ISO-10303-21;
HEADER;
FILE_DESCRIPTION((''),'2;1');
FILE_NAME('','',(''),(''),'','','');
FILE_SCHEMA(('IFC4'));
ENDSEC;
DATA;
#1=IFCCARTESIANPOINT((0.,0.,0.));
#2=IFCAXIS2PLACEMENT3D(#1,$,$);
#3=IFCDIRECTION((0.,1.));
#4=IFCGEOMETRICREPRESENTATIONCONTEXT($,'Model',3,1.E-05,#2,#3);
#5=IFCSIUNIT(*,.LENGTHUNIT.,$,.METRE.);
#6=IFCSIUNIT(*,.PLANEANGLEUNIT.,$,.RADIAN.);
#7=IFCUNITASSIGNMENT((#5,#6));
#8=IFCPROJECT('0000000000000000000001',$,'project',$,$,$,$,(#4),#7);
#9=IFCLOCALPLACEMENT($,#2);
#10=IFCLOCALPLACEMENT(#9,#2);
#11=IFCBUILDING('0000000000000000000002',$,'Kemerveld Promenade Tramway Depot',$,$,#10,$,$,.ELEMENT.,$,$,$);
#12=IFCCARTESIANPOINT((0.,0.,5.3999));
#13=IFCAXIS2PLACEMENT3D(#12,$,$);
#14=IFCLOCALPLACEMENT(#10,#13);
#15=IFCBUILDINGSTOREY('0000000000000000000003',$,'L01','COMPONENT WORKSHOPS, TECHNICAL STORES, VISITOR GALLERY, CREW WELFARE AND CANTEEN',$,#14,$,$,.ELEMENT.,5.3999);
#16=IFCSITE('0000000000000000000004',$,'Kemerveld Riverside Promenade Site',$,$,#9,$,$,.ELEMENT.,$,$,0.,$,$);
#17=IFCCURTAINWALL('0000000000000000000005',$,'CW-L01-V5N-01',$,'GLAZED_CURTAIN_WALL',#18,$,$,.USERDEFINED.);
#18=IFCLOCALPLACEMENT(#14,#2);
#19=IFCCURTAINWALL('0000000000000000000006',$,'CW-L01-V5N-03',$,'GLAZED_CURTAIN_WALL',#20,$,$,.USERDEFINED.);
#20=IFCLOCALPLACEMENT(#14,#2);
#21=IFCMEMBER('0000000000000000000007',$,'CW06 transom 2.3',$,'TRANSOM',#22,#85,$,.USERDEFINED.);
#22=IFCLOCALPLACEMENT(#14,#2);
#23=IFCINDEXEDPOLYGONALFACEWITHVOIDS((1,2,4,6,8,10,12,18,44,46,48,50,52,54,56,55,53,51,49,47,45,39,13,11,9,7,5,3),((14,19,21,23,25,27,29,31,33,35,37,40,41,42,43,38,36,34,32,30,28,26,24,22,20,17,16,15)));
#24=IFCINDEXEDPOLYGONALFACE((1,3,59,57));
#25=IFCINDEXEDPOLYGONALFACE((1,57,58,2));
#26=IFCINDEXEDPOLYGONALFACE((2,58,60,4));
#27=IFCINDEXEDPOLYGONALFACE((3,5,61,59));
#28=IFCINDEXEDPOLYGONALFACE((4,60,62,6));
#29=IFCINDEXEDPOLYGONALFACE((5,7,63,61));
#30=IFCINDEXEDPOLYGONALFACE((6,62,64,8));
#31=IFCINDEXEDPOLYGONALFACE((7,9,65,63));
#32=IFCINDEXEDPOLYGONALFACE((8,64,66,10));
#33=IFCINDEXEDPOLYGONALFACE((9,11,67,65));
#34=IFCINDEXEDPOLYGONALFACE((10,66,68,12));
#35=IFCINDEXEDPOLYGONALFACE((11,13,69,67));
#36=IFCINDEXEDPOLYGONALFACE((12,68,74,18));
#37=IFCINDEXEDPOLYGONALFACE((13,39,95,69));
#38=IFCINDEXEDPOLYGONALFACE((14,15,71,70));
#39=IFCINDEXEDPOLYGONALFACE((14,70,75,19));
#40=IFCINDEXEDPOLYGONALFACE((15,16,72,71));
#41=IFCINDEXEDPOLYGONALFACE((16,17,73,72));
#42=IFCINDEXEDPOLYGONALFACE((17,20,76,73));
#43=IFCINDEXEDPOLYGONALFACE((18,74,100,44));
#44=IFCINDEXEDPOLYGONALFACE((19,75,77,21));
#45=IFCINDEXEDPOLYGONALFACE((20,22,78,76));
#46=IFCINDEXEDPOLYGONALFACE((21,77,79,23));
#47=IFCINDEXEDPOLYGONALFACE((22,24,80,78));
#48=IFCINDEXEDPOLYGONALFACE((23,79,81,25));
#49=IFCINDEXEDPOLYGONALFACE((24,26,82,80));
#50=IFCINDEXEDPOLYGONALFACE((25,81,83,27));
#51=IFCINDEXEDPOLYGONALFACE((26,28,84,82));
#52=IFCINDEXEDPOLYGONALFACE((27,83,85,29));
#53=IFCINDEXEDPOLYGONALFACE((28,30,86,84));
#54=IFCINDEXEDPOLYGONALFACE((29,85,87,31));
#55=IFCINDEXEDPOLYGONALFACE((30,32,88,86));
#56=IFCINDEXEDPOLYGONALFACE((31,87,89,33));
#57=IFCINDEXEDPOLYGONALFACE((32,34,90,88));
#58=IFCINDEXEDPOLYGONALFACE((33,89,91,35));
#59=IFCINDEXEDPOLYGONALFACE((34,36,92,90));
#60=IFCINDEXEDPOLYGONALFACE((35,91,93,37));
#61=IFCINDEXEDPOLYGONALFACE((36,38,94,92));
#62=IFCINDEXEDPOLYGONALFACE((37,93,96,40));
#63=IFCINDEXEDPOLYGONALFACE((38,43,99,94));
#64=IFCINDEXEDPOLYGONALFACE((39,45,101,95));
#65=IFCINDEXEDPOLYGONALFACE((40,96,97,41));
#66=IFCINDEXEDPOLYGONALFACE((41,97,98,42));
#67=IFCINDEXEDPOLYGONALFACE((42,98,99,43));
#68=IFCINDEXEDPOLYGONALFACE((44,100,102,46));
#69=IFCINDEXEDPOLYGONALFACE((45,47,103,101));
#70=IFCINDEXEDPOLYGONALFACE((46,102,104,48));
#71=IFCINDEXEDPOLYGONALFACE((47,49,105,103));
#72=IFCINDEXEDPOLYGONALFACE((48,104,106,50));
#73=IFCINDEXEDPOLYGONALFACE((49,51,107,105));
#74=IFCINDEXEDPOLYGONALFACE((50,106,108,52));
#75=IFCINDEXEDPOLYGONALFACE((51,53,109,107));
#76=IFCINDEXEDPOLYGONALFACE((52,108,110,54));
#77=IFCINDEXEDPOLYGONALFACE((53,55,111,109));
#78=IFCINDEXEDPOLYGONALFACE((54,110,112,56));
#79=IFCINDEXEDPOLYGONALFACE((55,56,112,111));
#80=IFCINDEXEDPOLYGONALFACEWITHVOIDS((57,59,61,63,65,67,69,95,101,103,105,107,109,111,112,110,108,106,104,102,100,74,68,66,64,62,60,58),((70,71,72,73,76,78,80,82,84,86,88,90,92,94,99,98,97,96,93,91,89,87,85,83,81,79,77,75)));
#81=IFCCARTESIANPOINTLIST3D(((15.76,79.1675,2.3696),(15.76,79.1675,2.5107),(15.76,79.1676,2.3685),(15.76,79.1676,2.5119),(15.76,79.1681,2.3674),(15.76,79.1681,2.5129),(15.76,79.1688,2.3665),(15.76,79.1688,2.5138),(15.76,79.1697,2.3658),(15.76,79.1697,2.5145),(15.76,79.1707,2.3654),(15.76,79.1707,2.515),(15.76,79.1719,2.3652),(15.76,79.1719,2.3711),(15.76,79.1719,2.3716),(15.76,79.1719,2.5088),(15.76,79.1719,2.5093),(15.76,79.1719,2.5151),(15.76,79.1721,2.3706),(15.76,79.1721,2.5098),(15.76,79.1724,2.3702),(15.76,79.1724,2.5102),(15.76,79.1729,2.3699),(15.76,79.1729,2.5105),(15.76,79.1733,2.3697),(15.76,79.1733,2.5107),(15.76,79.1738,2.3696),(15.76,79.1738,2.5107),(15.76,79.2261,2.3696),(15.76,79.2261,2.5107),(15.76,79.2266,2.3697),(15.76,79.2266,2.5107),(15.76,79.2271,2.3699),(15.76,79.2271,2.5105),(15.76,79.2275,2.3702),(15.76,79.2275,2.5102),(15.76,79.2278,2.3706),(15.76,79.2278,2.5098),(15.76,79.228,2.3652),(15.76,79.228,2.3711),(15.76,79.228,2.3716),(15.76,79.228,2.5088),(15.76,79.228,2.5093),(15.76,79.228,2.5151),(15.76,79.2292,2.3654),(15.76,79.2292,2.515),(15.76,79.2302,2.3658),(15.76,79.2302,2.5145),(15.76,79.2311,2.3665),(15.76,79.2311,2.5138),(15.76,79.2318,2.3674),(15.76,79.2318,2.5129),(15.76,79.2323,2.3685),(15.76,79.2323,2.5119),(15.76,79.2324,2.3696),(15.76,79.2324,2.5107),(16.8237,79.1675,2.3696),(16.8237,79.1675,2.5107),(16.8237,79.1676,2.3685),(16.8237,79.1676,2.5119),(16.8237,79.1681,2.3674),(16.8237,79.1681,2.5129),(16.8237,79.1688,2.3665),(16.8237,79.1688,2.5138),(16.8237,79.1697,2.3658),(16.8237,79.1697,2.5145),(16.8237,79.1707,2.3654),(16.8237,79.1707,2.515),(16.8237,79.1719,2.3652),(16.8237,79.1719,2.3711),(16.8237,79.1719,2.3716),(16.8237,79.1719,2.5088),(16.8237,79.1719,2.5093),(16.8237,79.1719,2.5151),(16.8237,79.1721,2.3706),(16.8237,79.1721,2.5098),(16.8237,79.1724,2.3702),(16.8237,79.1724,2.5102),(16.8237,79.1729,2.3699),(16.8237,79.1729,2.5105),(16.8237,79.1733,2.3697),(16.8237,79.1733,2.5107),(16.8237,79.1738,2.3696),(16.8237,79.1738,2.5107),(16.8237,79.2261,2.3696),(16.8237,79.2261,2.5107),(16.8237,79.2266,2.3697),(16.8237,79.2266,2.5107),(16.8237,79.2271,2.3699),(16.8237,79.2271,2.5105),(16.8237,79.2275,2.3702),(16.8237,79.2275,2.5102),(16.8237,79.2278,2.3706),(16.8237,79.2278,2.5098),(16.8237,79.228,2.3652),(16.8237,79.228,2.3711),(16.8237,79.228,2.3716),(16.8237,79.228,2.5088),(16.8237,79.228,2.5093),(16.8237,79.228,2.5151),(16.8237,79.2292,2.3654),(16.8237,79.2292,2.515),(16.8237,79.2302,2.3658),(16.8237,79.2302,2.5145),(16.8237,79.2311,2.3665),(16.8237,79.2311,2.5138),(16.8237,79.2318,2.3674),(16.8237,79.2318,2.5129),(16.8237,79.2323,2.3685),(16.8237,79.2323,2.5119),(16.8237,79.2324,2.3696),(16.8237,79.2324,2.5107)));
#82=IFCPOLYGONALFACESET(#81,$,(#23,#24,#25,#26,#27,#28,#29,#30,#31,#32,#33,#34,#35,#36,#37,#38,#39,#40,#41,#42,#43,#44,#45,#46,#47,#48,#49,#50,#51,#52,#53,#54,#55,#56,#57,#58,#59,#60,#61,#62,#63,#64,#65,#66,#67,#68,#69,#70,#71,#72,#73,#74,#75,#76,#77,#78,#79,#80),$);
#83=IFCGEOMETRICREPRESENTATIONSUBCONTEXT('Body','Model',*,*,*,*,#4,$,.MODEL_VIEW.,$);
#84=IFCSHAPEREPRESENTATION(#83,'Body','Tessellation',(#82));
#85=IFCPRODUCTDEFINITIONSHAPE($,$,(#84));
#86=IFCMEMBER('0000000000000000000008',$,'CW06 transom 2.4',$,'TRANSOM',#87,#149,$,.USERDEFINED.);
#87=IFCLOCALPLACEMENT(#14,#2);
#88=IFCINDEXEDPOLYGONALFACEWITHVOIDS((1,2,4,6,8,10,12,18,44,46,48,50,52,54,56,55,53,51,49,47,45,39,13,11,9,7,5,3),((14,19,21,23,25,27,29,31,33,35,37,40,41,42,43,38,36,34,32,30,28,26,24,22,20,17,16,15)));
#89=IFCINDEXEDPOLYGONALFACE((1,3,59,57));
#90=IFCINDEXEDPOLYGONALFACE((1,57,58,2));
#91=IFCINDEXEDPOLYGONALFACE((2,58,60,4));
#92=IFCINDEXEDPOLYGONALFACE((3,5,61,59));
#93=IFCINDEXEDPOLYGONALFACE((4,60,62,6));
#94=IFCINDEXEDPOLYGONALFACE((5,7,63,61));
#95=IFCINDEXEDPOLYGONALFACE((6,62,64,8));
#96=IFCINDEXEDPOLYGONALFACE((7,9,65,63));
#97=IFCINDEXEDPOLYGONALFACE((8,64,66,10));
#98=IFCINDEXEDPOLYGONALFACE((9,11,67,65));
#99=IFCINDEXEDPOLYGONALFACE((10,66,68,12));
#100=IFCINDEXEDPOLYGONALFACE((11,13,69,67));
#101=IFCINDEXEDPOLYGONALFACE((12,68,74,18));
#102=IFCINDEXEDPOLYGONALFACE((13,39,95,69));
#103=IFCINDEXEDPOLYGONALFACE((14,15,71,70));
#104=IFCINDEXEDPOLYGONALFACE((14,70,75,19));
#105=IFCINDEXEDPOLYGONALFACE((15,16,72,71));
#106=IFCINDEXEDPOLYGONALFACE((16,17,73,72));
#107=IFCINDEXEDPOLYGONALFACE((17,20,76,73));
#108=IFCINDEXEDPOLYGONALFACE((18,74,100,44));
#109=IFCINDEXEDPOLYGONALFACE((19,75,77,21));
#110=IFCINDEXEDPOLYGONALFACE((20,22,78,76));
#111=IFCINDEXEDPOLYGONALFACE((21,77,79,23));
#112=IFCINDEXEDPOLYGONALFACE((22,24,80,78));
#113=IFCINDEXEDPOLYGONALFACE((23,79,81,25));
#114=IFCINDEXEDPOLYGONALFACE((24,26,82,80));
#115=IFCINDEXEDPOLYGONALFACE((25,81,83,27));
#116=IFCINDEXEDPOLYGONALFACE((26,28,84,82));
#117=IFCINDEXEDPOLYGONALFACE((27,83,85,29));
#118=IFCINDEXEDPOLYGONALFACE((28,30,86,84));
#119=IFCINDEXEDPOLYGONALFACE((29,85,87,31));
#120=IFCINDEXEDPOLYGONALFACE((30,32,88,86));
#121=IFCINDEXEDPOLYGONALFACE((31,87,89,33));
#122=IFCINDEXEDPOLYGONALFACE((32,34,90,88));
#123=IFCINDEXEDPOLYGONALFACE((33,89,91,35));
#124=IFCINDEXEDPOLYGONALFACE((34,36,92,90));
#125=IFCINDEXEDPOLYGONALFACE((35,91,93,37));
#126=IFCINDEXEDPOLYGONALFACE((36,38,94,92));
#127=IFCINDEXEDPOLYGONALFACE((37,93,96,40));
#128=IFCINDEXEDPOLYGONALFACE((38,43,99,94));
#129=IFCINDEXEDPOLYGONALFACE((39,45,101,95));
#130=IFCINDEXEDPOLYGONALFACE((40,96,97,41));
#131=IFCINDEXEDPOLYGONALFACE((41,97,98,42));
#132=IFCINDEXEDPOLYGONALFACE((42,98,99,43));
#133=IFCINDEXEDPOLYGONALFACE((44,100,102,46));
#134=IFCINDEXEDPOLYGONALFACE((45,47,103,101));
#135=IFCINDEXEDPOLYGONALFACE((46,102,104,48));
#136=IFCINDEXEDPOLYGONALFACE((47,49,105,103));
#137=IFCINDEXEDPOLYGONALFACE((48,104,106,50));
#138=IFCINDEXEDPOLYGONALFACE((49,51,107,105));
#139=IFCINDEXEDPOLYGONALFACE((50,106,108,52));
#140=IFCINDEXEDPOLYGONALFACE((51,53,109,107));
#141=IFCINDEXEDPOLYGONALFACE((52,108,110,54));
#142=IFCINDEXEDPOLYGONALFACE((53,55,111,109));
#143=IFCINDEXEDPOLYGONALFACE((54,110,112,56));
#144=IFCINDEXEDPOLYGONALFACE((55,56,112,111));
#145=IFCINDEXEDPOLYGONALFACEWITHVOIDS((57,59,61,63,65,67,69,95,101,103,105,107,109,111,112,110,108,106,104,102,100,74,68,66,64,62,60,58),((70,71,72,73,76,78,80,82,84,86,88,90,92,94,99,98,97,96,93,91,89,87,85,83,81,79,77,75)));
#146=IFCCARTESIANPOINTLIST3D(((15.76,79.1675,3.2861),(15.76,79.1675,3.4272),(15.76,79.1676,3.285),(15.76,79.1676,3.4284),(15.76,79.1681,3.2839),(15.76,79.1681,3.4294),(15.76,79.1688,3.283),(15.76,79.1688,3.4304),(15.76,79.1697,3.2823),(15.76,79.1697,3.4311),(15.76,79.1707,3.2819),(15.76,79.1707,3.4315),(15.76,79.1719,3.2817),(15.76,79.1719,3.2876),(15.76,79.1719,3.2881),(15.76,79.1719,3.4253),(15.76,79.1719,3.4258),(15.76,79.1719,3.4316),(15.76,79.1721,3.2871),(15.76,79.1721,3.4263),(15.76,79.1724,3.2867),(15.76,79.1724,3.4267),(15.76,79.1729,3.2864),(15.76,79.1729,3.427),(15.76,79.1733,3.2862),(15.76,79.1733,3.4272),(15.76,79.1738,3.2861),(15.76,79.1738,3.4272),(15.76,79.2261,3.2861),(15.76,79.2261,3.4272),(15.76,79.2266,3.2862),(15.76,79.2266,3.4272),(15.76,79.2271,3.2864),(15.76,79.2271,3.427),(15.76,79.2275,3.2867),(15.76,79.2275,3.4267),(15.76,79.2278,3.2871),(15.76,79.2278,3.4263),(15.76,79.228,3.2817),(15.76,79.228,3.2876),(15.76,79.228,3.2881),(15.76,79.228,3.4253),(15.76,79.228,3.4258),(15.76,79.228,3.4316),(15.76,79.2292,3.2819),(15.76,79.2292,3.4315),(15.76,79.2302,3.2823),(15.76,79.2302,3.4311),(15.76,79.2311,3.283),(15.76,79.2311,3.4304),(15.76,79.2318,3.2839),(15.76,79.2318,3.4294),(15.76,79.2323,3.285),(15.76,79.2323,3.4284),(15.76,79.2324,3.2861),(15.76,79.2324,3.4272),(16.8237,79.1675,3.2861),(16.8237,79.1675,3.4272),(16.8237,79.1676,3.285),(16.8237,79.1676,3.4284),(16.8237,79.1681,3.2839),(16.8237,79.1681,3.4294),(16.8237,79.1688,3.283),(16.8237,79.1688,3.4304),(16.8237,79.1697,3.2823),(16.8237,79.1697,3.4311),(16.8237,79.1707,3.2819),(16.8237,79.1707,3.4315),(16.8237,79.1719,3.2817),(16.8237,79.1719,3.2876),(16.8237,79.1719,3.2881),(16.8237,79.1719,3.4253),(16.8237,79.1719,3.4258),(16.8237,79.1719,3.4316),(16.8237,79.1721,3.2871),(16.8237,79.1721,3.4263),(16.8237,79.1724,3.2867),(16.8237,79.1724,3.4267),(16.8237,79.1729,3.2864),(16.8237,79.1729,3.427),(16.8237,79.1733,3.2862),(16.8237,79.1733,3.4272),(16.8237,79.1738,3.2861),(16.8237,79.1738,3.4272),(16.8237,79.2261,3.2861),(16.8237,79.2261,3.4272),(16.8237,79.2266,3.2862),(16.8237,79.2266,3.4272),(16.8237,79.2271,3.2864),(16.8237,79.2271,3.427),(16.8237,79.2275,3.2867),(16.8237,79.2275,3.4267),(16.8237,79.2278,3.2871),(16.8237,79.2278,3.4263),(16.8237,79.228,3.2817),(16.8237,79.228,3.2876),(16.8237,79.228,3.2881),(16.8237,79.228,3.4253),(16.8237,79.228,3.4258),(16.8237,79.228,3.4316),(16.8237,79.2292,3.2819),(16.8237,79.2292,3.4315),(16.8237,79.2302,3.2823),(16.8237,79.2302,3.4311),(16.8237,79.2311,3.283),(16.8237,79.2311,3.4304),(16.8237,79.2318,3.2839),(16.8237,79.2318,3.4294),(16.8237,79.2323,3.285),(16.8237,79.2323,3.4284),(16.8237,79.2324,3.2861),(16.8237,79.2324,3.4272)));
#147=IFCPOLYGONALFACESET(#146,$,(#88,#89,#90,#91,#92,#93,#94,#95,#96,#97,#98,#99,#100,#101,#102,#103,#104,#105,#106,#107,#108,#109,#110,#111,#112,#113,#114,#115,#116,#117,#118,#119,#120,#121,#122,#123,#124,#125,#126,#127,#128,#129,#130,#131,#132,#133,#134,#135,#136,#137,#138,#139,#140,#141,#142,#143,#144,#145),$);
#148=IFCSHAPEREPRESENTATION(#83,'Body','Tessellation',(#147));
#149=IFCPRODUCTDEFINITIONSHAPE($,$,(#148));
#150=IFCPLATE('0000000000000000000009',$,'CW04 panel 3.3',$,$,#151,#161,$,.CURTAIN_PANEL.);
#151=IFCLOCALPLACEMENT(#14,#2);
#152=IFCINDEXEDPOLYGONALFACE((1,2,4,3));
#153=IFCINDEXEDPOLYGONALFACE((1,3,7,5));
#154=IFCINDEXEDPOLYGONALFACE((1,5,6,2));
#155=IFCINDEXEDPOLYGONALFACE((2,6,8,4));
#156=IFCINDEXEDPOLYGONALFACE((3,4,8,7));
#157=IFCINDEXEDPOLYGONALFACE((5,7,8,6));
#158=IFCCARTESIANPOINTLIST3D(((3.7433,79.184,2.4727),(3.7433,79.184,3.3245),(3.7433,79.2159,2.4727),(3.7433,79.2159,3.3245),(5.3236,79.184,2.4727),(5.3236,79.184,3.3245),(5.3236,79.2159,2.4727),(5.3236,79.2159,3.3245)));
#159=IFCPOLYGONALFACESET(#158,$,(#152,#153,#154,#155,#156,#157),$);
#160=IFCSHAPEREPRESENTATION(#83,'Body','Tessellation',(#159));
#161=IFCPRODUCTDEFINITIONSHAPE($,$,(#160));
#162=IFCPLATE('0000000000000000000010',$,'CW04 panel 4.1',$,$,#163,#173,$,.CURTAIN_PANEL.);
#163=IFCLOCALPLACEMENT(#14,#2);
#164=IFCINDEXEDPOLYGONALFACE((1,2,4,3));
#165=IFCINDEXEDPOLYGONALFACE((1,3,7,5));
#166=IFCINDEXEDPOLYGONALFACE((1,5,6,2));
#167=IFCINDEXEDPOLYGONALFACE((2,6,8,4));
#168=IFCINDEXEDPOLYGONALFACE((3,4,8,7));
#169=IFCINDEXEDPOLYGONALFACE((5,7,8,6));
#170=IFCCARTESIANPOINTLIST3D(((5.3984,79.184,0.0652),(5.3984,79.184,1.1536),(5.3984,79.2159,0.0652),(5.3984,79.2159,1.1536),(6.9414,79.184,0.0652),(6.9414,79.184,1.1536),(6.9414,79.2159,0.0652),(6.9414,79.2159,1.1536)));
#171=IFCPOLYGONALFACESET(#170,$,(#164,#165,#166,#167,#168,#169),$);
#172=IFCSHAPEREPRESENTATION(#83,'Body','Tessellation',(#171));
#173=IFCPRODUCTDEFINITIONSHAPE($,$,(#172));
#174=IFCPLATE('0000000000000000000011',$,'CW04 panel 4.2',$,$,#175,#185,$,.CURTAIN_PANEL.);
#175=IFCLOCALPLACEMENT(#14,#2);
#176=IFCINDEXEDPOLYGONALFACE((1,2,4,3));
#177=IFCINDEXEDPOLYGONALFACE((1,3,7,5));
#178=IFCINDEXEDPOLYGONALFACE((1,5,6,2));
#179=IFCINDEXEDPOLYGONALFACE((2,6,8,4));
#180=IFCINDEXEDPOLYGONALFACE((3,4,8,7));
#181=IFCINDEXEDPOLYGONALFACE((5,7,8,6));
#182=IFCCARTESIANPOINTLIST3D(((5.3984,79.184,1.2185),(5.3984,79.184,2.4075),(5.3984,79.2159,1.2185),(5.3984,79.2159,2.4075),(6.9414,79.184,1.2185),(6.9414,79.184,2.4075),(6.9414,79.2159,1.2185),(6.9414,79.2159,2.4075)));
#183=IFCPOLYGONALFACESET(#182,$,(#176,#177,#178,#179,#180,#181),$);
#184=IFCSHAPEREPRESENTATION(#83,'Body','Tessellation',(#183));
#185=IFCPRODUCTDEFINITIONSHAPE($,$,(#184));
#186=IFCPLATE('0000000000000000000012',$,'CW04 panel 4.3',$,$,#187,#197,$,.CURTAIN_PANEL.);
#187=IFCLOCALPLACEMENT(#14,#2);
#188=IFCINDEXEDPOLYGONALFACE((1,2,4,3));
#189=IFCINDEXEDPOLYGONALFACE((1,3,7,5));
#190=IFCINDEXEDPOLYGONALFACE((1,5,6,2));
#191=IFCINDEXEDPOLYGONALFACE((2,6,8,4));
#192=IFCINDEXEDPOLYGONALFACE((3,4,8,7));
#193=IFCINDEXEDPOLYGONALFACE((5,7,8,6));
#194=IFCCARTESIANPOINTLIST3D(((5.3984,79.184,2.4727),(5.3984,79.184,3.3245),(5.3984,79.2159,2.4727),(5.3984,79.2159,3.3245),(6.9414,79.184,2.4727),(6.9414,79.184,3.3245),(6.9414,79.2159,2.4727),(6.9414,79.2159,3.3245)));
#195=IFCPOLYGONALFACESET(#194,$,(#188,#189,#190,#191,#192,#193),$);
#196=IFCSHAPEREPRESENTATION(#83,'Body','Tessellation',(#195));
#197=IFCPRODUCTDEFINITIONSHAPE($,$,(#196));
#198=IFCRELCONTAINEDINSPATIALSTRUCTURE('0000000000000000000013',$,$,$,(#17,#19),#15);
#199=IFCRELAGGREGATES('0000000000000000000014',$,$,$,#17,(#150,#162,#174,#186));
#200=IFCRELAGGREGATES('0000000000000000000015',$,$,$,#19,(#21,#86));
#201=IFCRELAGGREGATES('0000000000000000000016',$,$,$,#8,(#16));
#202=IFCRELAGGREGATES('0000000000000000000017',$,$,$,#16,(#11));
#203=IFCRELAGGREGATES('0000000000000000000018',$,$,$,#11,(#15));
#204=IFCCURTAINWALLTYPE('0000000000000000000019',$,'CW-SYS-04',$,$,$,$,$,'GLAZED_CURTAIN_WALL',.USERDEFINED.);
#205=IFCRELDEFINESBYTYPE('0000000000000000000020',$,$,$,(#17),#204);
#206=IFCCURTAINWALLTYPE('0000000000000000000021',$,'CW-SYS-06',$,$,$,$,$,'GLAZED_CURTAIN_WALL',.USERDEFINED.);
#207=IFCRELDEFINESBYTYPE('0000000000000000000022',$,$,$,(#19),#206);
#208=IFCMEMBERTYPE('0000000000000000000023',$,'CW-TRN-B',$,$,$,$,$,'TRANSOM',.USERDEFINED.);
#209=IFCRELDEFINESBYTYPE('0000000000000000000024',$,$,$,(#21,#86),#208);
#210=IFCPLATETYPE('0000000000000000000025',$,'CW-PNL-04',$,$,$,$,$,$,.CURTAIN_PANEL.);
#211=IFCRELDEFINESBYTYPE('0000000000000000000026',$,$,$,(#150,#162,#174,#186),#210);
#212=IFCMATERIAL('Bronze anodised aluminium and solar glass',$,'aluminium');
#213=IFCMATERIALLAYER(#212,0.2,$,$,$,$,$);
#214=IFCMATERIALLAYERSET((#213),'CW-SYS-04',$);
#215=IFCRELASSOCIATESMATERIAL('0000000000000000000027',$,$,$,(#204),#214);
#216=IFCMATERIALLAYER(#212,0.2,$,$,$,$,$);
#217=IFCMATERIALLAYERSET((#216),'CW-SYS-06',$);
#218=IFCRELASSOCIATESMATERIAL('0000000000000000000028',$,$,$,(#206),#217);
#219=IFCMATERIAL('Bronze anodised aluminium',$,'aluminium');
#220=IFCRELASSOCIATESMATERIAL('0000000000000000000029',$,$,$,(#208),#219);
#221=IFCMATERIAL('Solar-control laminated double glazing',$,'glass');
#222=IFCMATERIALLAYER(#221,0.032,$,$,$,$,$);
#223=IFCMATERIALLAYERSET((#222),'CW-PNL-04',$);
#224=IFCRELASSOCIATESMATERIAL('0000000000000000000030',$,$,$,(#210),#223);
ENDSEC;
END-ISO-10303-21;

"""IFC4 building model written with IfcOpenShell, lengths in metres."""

from ifc_helpers import new_model, si_unit, direction, frame, origin, origin_2d, place, context, subcontext, project, spatial, rectangle, hollow_rectangle, extrude, material, layer, layer_set, material_profile, profile_set, type_object, element, aggregate, save


model = new_model("IFC4")

# Units and contexts
model_context = context("Model", 3, precision=1e-05, world=origin(), true_north=direction((0.0, 1.0)))
body_context = subcontext(model_context, "Body", "Model", "MODEL_VIEW")
ifc_project = project(units=[si_unit("LENGTHUNIT", "METRE"), si_unit("PLANEANGLEUNIT", "RADIAN")], contexts=[model_context])

# Site, building, storey
site_placement = place(None, origin())
site = spatial("IfcSite", under=ifc_project, at=site_placement, Name="Kemerveld Riverside Promenade Site", CompositionType="ELEMENT", RefElevation=0.0)
building_placement = place(site_placement, origin())
building = spatial("IfcBuilding", under=site, at=building_placement, Name="Kemerveld Promenade Tramway Depot", CompositionType="ELEMENT")
storey_placement = place(building_placement, frame((0.0, 0.0, 5.3999)))
storey = spatial("IfcBuildingStorey", under=building, at=storey_placement, Name="L01", Description="COMPONENT WORKSHOPS, TECHNICAL STORES, VISITOR GALLERY, CREW WELFARE AND CANTEEN", CompositionType="ELEMENT", Elevation=5.3999)

# Curtain walls
ifc_material_1 = material(Name="Bronze anodised aluminium and solar glass", Category="aluminium")
ifc_layer_1 = layer(ifc_material_1, 0.2)
ifc_layer_set_1 = layer_set([ifc_layer_1], Name="CW-SYS-04")
curtain_wall_type_1 = type_object("IfcCurtainWallType", Name="CW-SYS-04", ElementType="GLAZED_CURTAIN_WALL", PredefinedType="USERDEFINED", material=ifc_layer_set_1)
curtain_wall_1_placement = place(storey_placement, origin())
curtain_wall_1 = element("IfcCurtainWall", 1, at=curtain_wall_1_placement, inside=storey, type_object=curtain_wall_type_1, Name="CW-L01-V5N-01", ObjectType="GLAZED_CURTAIN_WALL", PredefinedType="USERDEFINED")
ifc_material_2 = material(Name="Bronze anodised aluminium", Category="aluminium")
ifc_layer_2 = layer(ifc_material_1, 0.2)
ifc_layer_set_2 = layer_set([ifc_layer_2], Name="CW-SYS-06")
curtain_wall_type_2 = type_object("IfcCurtainWallType", Name="CW-SYS-06", ElementType="GLAZED_CURTAIN_WALL", PredefinedType="USERDEFINED", material=ifc_layer_set_2)
curtain_wall_2_placement = place(storey_placement, origin())
curtain_wall_2 = element("IfcCurtainWall", 2, at=curtain_wall_2_placement, inside=storey, type_object=curtain_wall_type_2, Name="CW-L01-V5N-03", ObjectType="GLAZED_CURTAIN_WALL", PredefinedType="USERDEFINED")

# Members
ifc_material_profile_1 = material_profile(ifc_material_2, hollow_rectangle(XDim=0.0649, YDim=0.1499, WallThickness=0.0044, InnerFilletRadius=0.002, OuterFilletRadius=0.0044, at=origin_2d()), Name="CW-TRN-150x65")
ifc_profile_set_1 = profile_set([ifc_material_profile_1], Name="Bronze anodised aluminium")
member_type_1 = type_object("IfcMemberType", Name="CW-TRN-B", ElementType="TRANSOM", PredefinedType="USERDEFINED", material=ifc_profile_set_1)
member_1_placement = place(storey_placement, frame((15.76, 79.2, 2.4402), z_axis=(1.0, 0.0, 0.0), x_axis=(0.0, 1.0, 0.0)))
member_1 = element("IfcMember", 3, at=member_1_placement, type_object=member_type_1, Name="CW06 transom 2.3", ObjectType="TRANSOM", PredefinedType="USERDEFINED", context=body_context, shape_type="SweptSolid", body=[
    extrude(hollow_rectangle(XDim=0.0649, YDim=0.1499, WallThickness=0.0044, InnerFilletRadius=0.002, OuterFilletRadius=0.0044, at=origin_2d()), origin(), (0.0, 0.0, 1.0), 1.0637),
])
member_2_placement = place(storey_placement, frame((15.76, 79.2, 3.3567), z_axis=(1.0, 0.0, 0.0), x_axis=(0.0, 1.0, 0.0)))
member_2 = element("IfcMember", 4, at=member_2_placement, type_object=member_type_1, Name="CW06 transom 2.4", ObjectType="TRANSOM", PredefinedType="USERDEFINED", context=body_context, shape_type="SweptSolid", body=[
    extrude(hollow_rectangle(XDim=0.0649, YDim=0.1499, WallThickness=0.0044, InnerFilletRadius=0.002, OuterFilletRadius=0.0044, at=origin_2d()), origin(), (0.0, 0.0, 1.0), 1.0637),
])

# Plates
ifc_material_3 = material(Name="Solar-control laminated double glazing", Category="glass")
ifc_layer_3 = layer(ifc_material_3, 0.032)
ifc_layer_set_3 = layer_set([ifc_layer_3], Name="CW-PNL-04")
plate_type_1 = type_object("IfcPlateType", Name="CW-PNL-04", PredefinedType="CURTAIN_PANEL", material=ifc_layer_set_3)
plate_1_placement = place(storey_placement, frame((4.5334, 79.2, 2.4727), z_axis=(0.0, 0.0, 1.0), x_axis=(1.0, 0.0, 0.0)))
plate_1 = element("IfcPlate", 5, at=plate_1_placement, type_object=plate_type_1, Name="CW04 panel 3.3", PredefinedType="CURTAIN_PANEL", context=body_context, shape_type="SweptSolid", body=[
    extrude(rectangle(XDim=1.5803, YDim=0.032, at=origin_2d()), origin(), (0.0, 0.0, 1.0), 0.8518),
])
plate_2_placement = place(storey_placement, frame((6.1699, 79.2, 0.0652), z_axis=(0.0, 0.0, 1.0), x_axis=(1.0, 0.0, 0.0)))
plate_2 = element("IfcPlate", 6, at=plate_2_placement, type_object=plate_type_1, Name="CW04 panel 4.1", PredefinedType="CURTAIN_PANEL", context=body_context, shape_type="SweptSolid", body=[
    extrude(rectangle(XDim=1.543, YDim=0.032, at=origin_2d()), origin(), (0.0, 0.0, 1.0), 1.0884),
])
plate_3_placement = place(storey_placement, frame((6.1699, 79.2, 1.2185), z_axis=(0.0, 0.0, 1.0), x_axis=(1.0, 0.0, 0.0)))
plate_3 = element("IfcPlate", 7, at=plate_3_placement, type_object=plate_type_1, Name="CW04 panel 4.2", PredefinedType="CURTAIN_PANEL", context=body_context, shape_type="SweptSolid", body=[
    extrude(rectangle(XDim=1.543, YDim=0.032, at=origin_2d()), origin(), (0.0, 0.0, 1.0), 1.189),
])
plate_4_placement = place(storey_placement, frame((6.1699, 79.2, 2.4727), z_axis=(0.0, 0.0, 1.0), x_axis=(1.0, 0.0, 0.0)))
plate_4 = element("IfcPlate", 8, at=plate_4_placement, type_object=plate_type_1, Name="CW04 panel 4.3", PredefinedType="CURTAIN_PANEL", context=body_context, shape_type="SweptSolid", body=[
    extrude(rectangle(XDim=1.543, YDim=0.032, at=origin_2d()), origin(), (0.0, 0.0, 1.0), 0.8518),
])
aggregate(curtain_wall_1, [plate_1, plate_2, plate_3, plate_4])
aggregate(curtain_wall_2, [member_1, member_2])

save(model, "model.ifc")
